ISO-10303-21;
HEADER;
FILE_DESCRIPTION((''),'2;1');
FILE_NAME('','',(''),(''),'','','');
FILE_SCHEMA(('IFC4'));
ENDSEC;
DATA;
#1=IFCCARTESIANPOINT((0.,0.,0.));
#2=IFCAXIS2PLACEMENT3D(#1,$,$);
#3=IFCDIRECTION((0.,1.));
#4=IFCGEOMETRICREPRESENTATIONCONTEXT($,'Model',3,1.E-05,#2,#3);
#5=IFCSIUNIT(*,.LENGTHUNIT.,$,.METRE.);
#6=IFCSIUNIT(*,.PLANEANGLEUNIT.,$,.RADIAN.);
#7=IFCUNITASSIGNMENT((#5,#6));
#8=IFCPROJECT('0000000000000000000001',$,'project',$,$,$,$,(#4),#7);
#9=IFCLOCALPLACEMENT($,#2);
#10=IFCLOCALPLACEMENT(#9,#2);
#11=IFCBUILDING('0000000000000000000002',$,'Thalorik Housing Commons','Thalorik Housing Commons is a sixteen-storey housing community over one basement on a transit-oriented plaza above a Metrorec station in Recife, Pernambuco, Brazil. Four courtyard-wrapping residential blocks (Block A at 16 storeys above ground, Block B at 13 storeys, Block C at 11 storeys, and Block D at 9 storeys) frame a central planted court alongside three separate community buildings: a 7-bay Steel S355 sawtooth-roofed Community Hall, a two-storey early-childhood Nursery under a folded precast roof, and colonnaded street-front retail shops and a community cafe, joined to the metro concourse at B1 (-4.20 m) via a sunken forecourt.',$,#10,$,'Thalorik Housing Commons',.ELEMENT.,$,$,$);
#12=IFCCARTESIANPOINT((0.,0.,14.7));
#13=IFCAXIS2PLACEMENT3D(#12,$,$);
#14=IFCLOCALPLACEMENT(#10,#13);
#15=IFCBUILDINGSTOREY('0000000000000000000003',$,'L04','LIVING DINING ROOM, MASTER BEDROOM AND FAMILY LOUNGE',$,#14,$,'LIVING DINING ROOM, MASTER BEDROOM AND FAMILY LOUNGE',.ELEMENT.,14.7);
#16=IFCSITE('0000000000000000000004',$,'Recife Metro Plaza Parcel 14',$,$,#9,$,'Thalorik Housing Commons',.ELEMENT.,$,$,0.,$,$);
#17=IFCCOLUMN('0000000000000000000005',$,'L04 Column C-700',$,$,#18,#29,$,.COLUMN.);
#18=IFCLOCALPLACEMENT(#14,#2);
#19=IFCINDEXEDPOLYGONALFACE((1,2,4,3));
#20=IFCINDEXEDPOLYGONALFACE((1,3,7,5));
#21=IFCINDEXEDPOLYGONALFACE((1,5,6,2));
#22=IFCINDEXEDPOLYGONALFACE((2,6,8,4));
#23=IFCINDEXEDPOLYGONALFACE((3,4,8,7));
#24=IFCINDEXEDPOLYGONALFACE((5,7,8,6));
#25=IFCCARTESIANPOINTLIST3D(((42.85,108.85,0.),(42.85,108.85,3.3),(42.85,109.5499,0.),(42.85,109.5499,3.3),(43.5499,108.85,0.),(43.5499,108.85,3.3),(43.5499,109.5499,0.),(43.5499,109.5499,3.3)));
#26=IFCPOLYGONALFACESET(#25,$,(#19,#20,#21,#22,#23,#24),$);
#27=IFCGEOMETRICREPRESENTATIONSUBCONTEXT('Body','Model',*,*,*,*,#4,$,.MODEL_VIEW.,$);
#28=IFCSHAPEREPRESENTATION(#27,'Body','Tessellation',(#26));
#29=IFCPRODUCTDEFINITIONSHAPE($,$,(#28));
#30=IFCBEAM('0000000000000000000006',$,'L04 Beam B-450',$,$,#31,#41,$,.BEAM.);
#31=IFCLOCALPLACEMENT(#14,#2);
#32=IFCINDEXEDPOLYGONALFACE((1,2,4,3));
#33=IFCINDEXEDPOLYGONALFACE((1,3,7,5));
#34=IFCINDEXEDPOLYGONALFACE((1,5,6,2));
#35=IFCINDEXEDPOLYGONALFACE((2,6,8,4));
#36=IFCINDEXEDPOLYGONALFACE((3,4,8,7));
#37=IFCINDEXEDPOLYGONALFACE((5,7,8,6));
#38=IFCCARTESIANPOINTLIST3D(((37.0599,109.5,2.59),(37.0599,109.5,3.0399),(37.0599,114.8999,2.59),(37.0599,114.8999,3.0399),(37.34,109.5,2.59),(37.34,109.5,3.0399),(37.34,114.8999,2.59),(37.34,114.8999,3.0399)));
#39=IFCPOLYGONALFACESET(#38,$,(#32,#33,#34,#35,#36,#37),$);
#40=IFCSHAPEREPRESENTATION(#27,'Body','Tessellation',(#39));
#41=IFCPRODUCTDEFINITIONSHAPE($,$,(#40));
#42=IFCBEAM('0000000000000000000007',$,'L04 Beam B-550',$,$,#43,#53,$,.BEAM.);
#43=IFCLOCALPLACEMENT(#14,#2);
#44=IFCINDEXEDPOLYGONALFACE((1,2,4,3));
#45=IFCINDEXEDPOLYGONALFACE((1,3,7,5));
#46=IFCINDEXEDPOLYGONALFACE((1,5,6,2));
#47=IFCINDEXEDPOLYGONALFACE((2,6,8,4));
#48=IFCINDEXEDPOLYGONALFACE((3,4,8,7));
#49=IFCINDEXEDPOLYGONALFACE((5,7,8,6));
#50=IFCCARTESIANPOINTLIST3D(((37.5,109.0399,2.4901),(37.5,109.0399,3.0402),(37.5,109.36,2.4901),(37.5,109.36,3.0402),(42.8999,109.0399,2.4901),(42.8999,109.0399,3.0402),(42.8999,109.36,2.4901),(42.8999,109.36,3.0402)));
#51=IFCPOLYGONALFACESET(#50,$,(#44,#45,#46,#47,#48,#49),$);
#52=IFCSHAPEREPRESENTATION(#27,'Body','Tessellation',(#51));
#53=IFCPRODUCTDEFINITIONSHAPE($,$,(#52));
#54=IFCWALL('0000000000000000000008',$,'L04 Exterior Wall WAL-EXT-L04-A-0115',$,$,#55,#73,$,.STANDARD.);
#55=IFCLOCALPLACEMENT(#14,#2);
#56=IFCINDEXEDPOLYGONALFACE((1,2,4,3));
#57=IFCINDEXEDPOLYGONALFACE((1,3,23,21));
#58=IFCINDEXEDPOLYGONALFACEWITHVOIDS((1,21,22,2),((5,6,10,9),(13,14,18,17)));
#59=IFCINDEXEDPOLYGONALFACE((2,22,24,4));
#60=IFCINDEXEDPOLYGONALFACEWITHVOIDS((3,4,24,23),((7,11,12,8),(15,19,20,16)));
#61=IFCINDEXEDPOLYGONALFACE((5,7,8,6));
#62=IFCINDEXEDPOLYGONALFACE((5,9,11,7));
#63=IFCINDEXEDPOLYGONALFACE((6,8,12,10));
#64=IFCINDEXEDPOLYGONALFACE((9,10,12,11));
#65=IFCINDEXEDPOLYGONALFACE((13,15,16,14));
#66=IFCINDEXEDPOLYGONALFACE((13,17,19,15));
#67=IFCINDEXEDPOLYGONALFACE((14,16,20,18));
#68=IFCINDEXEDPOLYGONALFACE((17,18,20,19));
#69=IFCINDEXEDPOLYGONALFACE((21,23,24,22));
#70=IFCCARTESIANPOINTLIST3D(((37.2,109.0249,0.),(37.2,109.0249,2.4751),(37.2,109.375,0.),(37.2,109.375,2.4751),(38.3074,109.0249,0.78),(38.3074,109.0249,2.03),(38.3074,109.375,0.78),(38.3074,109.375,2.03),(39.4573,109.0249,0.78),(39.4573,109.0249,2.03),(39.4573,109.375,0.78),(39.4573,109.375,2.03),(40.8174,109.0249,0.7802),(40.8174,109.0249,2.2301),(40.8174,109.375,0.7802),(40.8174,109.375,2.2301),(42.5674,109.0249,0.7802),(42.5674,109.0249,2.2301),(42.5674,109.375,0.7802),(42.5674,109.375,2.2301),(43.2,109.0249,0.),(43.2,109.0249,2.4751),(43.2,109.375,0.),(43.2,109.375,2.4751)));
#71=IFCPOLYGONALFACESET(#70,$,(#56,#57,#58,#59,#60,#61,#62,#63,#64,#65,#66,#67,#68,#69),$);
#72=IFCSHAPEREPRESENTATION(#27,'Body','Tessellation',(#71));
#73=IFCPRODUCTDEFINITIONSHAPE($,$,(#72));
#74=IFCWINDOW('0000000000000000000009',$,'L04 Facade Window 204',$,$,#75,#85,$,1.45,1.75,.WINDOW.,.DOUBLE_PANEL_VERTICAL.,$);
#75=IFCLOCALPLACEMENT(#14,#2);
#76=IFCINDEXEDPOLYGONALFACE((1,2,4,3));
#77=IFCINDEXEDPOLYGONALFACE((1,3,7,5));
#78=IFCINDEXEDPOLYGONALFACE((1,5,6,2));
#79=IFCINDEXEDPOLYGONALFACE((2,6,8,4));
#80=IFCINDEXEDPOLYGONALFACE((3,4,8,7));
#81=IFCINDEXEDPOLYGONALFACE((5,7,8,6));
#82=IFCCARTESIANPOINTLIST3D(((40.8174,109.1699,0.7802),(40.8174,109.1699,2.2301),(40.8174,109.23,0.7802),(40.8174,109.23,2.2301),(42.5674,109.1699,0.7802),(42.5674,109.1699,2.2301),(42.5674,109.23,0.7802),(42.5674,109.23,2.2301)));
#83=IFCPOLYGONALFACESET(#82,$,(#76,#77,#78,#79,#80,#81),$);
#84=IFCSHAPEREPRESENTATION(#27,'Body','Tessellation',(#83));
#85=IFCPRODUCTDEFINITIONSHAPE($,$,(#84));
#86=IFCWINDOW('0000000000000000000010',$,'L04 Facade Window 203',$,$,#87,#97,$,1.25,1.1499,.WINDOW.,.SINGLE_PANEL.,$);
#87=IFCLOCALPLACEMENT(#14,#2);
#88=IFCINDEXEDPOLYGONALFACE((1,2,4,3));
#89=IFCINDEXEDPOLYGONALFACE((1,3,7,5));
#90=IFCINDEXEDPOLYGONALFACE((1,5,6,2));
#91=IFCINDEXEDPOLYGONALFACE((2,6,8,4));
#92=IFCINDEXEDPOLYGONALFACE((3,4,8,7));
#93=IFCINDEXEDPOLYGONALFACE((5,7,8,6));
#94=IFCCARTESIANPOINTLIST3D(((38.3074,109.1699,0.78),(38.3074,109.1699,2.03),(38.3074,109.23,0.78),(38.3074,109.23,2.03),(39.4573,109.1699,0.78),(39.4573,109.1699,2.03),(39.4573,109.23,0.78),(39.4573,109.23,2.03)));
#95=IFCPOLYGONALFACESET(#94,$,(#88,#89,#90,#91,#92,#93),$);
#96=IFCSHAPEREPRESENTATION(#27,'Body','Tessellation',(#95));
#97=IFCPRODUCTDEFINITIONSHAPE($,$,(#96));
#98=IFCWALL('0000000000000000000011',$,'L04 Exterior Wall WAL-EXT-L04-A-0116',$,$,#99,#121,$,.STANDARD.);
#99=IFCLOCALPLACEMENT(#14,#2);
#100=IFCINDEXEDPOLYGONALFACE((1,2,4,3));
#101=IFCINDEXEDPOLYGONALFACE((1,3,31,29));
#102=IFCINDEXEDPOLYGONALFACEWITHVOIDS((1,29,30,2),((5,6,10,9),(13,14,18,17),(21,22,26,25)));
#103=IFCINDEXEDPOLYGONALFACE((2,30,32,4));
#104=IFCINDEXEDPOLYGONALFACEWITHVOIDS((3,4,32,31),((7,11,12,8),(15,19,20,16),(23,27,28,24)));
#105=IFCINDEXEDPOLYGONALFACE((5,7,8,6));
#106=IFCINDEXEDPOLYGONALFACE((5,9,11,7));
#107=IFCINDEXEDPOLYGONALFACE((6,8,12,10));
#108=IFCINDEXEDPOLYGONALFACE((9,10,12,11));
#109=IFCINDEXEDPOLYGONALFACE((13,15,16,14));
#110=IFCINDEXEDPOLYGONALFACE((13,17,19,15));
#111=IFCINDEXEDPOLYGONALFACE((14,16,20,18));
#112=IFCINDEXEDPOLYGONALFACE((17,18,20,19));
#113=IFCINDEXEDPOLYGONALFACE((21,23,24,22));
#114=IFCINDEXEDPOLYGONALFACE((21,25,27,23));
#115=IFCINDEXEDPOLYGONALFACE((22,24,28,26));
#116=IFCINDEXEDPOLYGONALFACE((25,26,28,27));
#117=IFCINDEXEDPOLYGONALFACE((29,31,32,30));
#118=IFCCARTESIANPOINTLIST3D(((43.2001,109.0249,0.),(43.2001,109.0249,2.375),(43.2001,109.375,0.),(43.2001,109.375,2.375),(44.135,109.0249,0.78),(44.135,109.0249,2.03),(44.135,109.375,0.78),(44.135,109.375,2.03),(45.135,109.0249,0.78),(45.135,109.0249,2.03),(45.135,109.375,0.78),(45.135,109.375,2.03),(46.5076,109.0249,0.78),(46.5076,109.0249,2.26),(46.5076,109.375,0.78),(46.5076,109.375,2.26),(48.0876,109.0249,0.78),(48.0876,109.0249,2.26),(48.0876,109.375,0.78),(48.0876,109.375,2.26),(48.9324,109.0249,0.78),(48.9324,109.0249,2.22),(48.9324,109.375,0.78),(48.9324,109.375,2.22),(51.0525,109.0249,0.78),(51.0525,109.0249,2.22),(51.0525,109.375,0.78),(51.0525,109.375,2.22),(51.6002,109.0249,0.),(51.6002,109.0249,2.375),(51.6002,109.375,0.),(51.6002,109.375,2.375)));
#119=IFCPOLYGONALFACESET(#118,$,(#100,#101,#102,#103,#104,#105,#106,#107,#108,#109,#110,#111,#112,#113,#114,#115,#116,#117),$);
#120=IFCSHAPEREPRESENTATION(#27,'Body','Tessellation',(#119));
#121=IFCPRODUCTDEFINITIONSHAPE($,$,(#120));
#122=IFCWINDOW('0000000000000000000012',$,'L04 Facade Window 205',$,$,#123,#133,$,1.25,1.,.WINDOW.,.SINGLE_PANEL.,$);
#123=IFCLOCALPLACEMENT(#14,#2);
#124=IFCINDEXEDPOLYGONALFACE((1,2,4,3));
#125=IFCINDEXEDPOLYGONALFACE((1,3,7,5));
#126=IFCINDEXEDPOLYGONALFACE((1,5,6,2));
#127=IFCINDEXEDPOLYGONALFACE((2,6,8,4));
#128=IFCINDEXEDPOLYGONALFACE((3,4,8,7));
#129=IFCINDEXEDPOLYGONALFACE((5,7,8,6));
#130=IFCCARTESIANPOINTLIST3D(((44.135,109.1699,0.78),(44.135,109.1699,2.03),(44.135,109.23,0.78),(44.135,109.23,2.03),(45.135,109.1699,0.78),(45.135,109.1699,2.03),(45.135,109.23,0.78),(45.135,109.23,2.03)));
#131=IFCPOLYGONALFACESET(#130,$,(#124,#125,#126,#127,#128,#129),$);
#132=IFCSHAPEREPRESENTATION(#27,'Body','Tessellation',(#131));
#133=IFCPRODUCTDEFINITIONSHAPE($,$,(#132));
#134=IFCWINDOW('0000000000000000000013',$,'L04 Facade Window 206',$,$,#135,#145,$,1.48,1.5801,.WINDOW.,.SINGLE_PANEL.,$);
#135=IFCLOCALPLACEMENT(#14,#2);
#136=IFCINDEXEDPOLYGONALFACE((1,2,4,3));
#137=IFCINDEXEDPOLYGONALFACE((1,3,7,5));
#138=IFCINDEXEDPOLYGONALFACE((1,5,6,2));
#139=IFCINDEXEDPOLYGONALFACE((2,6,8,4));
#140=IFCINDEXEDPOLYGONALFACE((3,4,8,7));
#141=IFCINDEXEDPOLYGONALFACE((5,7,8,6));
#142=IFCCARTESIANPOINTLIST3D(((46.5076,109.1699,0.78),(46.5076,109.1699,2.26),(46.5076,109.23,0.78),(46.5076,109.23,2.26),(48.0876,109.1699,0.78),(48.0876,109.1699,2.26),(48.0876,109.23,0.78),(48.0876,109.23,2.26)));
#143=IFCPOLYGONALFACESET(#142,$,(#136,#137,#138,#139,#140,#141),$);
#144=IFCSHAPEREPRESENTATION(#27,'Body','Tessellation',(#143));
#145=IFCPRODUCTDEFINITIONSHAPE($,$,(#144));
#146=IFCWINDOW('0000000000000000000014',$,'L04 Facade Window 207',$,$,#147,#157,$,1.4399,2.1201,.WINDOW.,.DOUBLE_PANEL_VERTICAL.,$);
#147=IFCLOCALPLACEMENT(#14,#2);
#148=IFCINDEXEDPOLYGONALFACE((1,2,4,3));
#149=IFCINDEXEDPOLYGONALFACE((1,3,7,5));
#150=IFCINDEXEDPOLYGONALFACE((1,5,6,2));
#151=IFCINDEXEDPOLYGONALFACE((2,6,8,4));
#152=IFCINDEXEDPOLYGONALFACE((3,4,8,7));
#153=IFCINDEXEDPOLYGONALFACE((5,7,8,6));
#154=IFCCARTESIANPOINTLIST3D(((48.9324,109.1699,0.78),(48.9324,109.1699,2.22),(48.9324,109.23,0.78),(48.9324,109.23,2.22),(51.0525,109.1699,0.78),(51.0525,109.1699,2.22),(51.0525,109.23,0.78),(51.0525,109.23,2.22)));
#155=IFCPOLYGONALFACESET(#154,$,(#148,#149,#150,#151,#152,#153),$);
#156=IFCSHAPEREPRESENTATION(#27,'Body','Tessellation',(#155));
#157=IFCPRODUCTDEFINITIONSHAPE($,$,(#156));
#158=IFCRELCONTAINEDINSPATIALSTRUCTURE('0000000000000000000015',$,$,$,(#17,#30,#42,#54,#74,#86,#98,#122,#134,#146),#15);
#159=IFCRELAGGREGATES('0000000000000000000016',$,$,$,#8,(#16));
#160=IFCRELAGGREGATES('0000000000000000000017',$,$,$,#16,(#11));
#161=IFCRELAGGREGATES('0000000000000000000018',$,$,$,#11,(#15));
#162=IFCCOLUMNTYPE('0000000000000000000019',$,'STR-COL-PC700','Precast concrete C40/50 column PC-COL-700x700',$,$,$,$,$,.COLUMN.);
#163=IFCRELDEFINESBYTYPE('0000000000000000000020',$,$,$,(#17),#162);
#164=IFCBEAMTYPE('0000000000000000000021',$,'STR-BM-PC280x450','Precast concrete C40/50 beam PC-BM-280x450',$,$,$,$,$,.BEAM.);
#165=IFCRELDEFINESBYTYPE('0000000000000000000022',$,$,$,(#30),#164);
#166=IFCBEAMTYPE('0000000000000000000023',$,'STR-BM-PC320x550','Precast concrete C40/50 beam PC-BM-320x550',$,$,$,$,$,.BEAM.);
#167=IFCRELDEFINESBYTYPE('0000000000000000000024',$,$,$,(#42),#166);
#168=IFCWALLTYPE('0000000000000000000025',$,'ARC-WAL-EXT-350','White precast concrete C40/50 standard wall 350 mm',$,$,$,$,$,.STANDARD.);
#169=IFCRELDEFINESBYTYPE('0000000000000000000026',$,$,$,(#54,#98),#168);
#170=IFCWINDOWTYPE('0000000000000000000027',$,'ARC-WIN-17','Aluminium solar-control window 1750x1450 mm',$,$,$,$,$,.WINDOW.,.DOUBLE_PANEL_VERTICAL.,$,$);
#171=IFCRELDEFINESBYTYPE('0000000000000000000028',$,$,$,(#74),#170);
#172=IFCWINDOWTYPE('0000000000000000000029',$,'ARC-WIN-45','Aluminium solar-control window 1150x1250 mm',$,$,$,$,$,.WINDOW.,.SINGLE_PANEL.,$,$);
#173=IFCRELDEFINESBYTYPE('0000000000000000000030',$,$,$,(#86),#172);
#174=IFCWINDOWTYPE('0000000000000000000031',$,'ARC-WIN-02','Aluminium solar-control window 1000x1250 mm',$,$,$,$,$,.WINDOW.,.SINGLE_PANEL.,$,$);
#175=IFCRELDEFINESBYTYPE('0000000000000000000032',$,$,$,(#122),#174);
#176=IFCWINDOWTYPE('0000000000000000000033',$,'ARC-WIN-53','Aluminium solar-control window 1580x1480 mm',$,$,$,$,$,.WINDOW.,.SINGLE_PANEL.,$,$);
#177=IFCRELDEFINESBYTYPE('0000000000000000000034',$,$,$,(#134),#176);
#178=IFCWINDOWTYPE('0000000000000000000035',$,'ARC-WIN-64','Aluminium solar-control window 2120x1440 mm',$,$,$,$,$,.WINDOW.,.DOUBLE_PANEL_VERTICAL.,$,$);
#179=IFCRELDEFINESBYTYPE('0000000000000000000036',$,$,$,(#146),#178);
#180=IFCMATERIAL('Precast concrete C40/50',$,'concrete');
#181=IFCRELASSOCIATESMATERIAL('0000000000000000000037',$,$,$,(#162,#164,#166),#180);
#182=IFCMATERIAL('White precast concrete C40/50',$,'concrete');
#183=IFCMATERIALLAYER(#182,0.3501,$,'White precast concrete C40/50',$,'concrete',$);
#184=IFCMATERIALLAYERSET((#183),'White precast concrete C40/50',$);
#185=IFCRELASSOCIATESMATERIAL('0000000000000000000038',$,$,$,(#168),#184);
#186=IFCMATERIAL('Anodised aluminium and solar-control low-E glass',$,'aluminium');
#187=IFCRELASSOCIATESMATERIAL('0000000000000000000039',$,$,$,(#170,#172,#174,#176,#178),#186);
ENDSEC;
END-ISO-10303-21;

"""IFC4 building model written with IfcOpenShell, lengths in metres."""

from ifc_helpers import new_model, si_unit, direction, frame, frame_2d, origin, origin_2d, place, context, subcontext, project, spatial, rectangle, extrude, material, layer, layer_set, material_profile, profile_set, type_object, element, fill, save


model = new_model("IFC4")

# Units and contexts
model_context = context("Model", 3, precision=1e-05, world=origin(), true_north=direction((0.0, 1.0)))
body_context = subcontext(model_context, "Body", "Model", "MODEL_VIEW")
ifc_project = project(units=[si_unit("LENGTHUNIT", "METRE"), si_unit("PLANEANGLEUNIT", "RADIAN")], contexts=[model_context])

# Site, building, storey
site_placement = place(None, origin())
site = spatial("IfcSite", under=ifc_project, at=site_placement, Name="Recife Metro Plaza Parcel 14", LongName="Thalorik Housing Commons", CompositionType="ELEMENT", RefElevation=0.0)
building_placement = place(site_placement, origin())
building = spatial("IfcBuilding", under=site, at=building_placement, Name="Thalorik Housing Commons", Description="Thalorik Housing Commons is a sixteen-storey housing community over one basement on a transit-oriented plaza above a Metrorec station in Recife, Pernambuco, Brazil. Four courtyard-wrapping residential blocks (Block A at 16 storeys above ground, Block B at 13 storeys, Block C at 11 storeys, and Block D at 9 storeys) frame a central planted court alongside three separate community buildings: a 7-bay Steel S355 sawtooth-roofed Community Hall, a two-storey early-childhood Nursery under a folded precast roof, and colonnaded street-front retail shops and a community cafe, joined to the metro concourse at B1 (-4.20 m) via a sunken forecourt.", LongName="Thalorik Housing Commons", CompositionType="ELEMENT")
storey_placement = place(building_placement, frame((0.0, 0.0, 14.7)))
storey = spatial("IfcBuildingStorey", under=building, at=storey_placement, Name="L04", Description="LIVING DINING ROOM, MASTER BEDROOM AND FAMILY LOUNGE", LongName="LIVING DINING ROOM, MASTER BEDROOM AND FAMILY LOUNGE", CompositionType="ELEMENT", Elevation=14.7)

# Column
ifc_material_1 = material(Name="Precast concrete C40/50", Category="concrete")
ifc_material_profile_1 = material_profile(ifc_material_1, rectangle(XDim=0.7, YDim=0.7, at=origin_2d()), Name="PC 700x700", Category="concrete")
ifc_profile_set_1 = profile_set([ifc_material_profile_1], Name="Precast concrete C40/50")
column_type = type_object("IfcColumnType", Name="STR-COL-PC700", Description="Precast concrete C40/50 column PC-COL-700x700", PredefinedType="COLUMN", material=ifc_profile_set_1)
column_placement = place(storey_placement, frame((43.2, 109.2, 0.0), z_axis=(0.0, 0.0, 1.0), x_axis=(1.0, 0.0, 0.0)))
element("IfcColumn", 1, at=column_placement, inside=storey, type_object=column_type, Name="L04 Column C-700", PredefinedType="COLUMN", context=body_context, shape_type="SweptSolid", body=[
    extrude(rectangle(XDim=0.7, YDim=0.7, at=origin_2d()), origin(), (0.0, 0.0, 1.0), 3.3),
])

# Beams
ifc_material_profile_2 = material_profile(ifc_material_1, rectangle(XDim=0.28, YDim=0.45, at=origin_2d()), Name="PC 280x450", Category="concrete")
ifc_profile_set_2 = profile_set([ifc_material_profile_2], Name="Precast concrete C40/50")
beam_type_1 = type_object("IfcBeamType", Name="STR-BM-PC280x450", Description="Precast concrete C40/50 beam PC-BM-280x450", PredefinedType="BEAM", material=ifc_profile_set_2)
beam_1_placement = place(storey_placement, frame((37.2, 109.5, 2.8149), z_axis=(0.0, 1.0, 0.0), x_axis=(-1.0, 0.0, 0.0)))
element("IfcBeam", 2, at=beam_1_placement, inside=storey, type_object=beam_type_1, Name="L04 Beam B-450", PredefinedType="BEAM", context=body_context, shape_type="SweptSolid", body=[
    extrude(rectangle(XDim=0.28, YDim=0.45, at=origin_2d()), origin(), (0.0, 0.0, 1.0), 5.3999),
])
ifc_material_profile_3 = material_profile(ifc_material_1, rectangle(XDim=0.3201, YDim=0.55, at=origin_2d()), Name="PC 320x550", Category="concrete")
ifc_profile_set_3 = profile_set([ifc_material_profile_3], Name="Precast concrete C40/50")
beam_type_2 = type_object("IfcBeamType", Name="STR-BM-PC320x550", Description="Precast concrete C40/50 beam PC-BM-320x550", PredefinedType="BEAM", material=ifc_profile_set_3)
beam_2_placement = place(storey_placement, frame((37.5, 109.2, 2.7651), z_axis=(1.0, 0.0, 0.0), x_axis=(0.0, 1.0, 0.0)))
element("IfcBeam", 3, at=beam_2_placement, inside=storey, type_object=beam_type_2, Name="L04 Beam B-550", PredefinedType="BEAM", context=body_context, shape_type="SweptSolid", body=[
    extrude(rectangle(XDim=0.3201, YDim=0.55, at=origin_2d()), origin(), (0.0, 0.0, 1.0), 5.3999),
])

# Walls, openings, windows
ifc_material_2 = material(Name="White precast concrete C40/50", Category="concrete")
ifc_layer_1 = layer(ifc_material_2, 0.3501, Name="White precast concrete C40/50", Category="concrete")
ifc_layer_set_1 = layer_set([ifc_layer_1], Name="White precast concrete C40/50")
wall_type_1 = type_object("IfcWallType", Name="ARC-WAL-EXT-350", Description="White precast concrete C40/50 standard wall 350 mm", PredefinedType="STANDARD", material=ifc_layer_set_1)
wall_1_placement = place(storey_placement, frame((37.2, 109.2, 0.0), z_axis=(0.0, 0.0, 1.0), x_axis=(1.0, 0.0, 0.0)))
wall_1 = element("IfcWall", 4, at=wall_1_placement, inside=storey, type_object=wall_type_1, Name="L04 Exterior Wall WAL-EXT-L04-A-0115", PredefinedType="STANDARD", context=body_context, shape_type="SweptSolid", body=[
    extrude(rectangle(XDim=6.0, YDim=0.3501, at=frame_2d((3.0, 0.0))), origin(), (0.0, 0.0, 1.0), 2.4751),
])
opening_1_placement = place(wall_1_placement, frame((1.1074, 0.0, 0.78)))
opening_1 = element("IfcOpeningElement", 5, at=opening_1_placement, cuts=wall_1, PredefinedType="OPENING", context=body_context, shape_type="SweptSolid", body=[
    extrude(rectangle(XDim=1.1499, YDim=1.25, at=frame_2d((0.575, 0.625))), frame((0.0, 0.1851, 0.0), z_axis=(0.0, -1.0, 0.0), x_axis=(1.0, 0.0, 0.0)), (0.0, 0.0, 1.0), 0.3701),
])
opening_2_placement = place(wall_1_placement, frame((3.6174, 0.0, 0.78)))
opening_2 = element("IfcOpeningElement", 6, at=opening_2_placement, cuts=wall_1, PredefinedType="OPENING", context=body_context, shape_type="SweptSolid", body=[
    extrude(rectangle(XDim=1.75, YDim=1.45, at=frame_2d((0.875, 0.7251))), frame((0.0, 0.1851, 0.0), z_axis=(0.0, -1.0, 0.0), x_axis=(1.0, 0.0, 0.0)), (0.0, 0.0, 1.0), 0.3701),
])
ifc_material_3 = material(Name="Anodised aluminium and solar-control low-E glass", Category="aluminium")
window_type_1 = type_object("IfcWindowType", Name="ARC-WIN-17", Description="Aluminium solar-control window 1750x1450 mm", PartitioningType="DOUBLE_PANEL_VERTICAL", PredefinedType="WINDOW", material=ifc_material_3)
window_1_placement = place(opening_2_placement, origin())
window_1 = element("IfcWindow", 7, at=window_1_placement, inside=storey, type_object=window_type_1, Name="L04 Facade Window 204", OverallHeight=1.45, OverallWidth=1.75, PartitioningType="DOUBLE_PANEL_VERTICAL", PredefinedType="WINDOW", context=body_context, shape_type="SweptSolid", body=[
    extrude(rectangle(XDim=1.75, YDim=1.45, at=frame_2d((0.875, 0.7251))), frame((0.0, 0.03, 0.0), z_axis=(0.0, -1.0, 0.0), x_axis=(1.0, 0.0, 0.0)), (0.0, 0.0, 1.0), 0.0601),
])
fill(opening_2, window_1)
window_type_2 = type_object("IfcWindowType", Name="ARC-WIN-45", Description="Aluminium solar-control window 1150x1250 mm", PartitioningType="SINGLE_PANEL", PredefinedType="WINDOW", material=ifc_material_3)
window_2_placement = place(opening_1_placement, origin())
window_2 = element("IfcWindow", 8, at=window_2_placement, inside=storey, type_object=window_type_2, Name="L04 Facade Window 203", OverallHeight=1.25, OverallWidth=1.1499, PartitioningType="SINGLE_PANEL", PredefinedType="WINDOW", context=body_context, shape_type="SweptSolid", body=[
    extrude(rectangle(XDim=1.1499, YDim=1.25, at=frame_2d((0.575, 0.625))), frame((0.0, 0.03, 0.0), z_axis=(0.0, -1.0, 0.0), x_axis=(1.0, 0.0, 0.0)), (0.0, 0.0, 1.0), 0.0601),
])
fill(opening_1, window_2)
wall_2_placement = place(storey_placement, frame((43.2, 109.2, 0.0), z_axis=(0.0, 0.0, 1.0), x_axis=(1.0, 0.0, 0.0)))
wall_2 = element("IfcWall", 9, at=wall_2_placement, inside=storey, type_object=wall_type_1, Name="L04 Exterior Wall WAL-EXT-L04-A-0116", PredefinedType="STANDARD", context=body_context, shape_type="SweptSolid", body=[
    extrude(rectangle(XDim=8.4001, YDim=0.3501, at=frame_2d((4.2002, 0.0))), origin(), (0.0, 0.0, 1.0), 2.375),
])
opening_3_placement = place(wall_2_placement, frame((0.9351, 0.0, 0.78)))
opening_3 = element("IfcOpeningElement", 10, at=opening_3_placement, cuts=wall_2, PredefinedType="OPENING", context=body_context, shape_type="SweptSolid", body=[
    extrude(rectangle(XDim=1.0, YDim=1.25, at=frame_2d((0.5, 0.625))), frame((0.0, 0.1851, 0.0), z_axis=(0.0, -1.0, 0.0), x_axis=(1.0, 0.0, 0.0)), (0.0, 0.0, 1.0), 0.3701),
])
opening_4_placement = place(wall_2_placement, frame((3.3076, 0.0, 0.78)))
opening_4 = element("IfcOpeningElement", 11, at=opening_4_placement, cuts=wall_2, PredefinedType="OPENING", context=body_context, shape_type="SweptSolid", body=[
    extrude(rectangle(XDim=1.5801, YDim=1.48, at=frame_2d((0.79, 0.74))), frame((0.0, 0.1851, 0.0), z_axis=(0.0, -1.0, 0.0), x_axis=(1.0, 0.0, 0.0)), (0.0, 0.0, 1.0), 0.3701),
])
opening_5_placement = place(wall_2_placement, frame((5.7324, 0.0, 0.78)))
opening_5 = element("IfcOpeningElement", 12, at=opening_5_placement, cuts=wall_2, PredefinedType="OPENING", context=body_context, shape_type="SweptSolid", body=[
    extrude(rectangle(XDim=2.1201, YDim=1.4399, at=frame_2d((1.0601, 0.72))), frame((0.0, 0.1851, 0.0), z_axis=(0.0, -1.0, 0.0), x_axis=(1.0, 0.0, 0.0)), (0.0, 0.0, 1.0), 0.3701),
])
window_type_3 = type_object("IfcWindowType", Name="ARC-WIN-02", Description="Aluminium solar-control window 1000x1250 mm", PartitioningType="SINGLE_PANEL", PredefinedType="WINDOW", material=ifc_material_3)
window_3_placement = place(opening_3_placement, origin())
window_3 = element("IfcWindow", 13, at=window_3_placement, inside=storey, type_object=window_type_3, Name="L04 Facade Window 205", OverallHeight=1.25, OverallWidth=1.0, PartitioningType="SINGLE_PANEL", PredefinedType="WINDOW", context=body_context, shape_type="SweptSolid", body=[
    extrude(rectangle(XDim=1.0, YDim=1.25, at=frame_2d((0.5, 0.625))), frame((0.0, 0.03, 0.0), z_axis=(0.0, -1.0, 0.0), x_axis=(1.0, 0.0, 0.0)), (0.0, 0.0, 1.0), 0.0601),
])
fill(opening_3, window_3)
window_type_4 = type_object("IfcWindowType", Name="ARC-WIN-53", Description="Aluminium solar-control window 1580x1480 mm", PartitioningType="SINGLE_PANEL", PredefinedType="WINDOW", material=ifc_material_3)
window_4_placement = place(opening_4_placement, origin())
window_4 = element("IfcWindow", 14, at=window_4_placement, inside=storey, type_object=window_type_4, Name="L04 Facade Window 206", OverallHeight=1.48, OverallWidth=1.5801, PartitioningType="SINGLE_PANEL", PredefinedType="WINDOW", context=body_context, shape_type="SweptSolid", body=[
    extrude(rectangle(XDim=1.5801, YDim=1.48, at=frame_2d((0.79, 0.74))), frame((0.0, 0.03, 0.0), z_axis=(0.0, -1.0, 0.0), x_axis=(1.0, 0.0, 0.0)), (0.0, 0.0, 1.0), 0.0601),
])
fill(opening_4, window_4)
window_type_5 = type_object("IfcWindowType", Name="ARC-WIN-64", Description="Aluminium solar-control window 2120x1440 mm", PartitioningType="DOUBLE_PANEL_VERTICAL", PredefinedType="WINDOW", material=ifc_material_3)
window_5_placement = place(opening_5_placement, origin())
window_5 = element("IfcWindow", 15, at=window_5_placement, inside=storey, type_object=window_type_5, Name="L04 Facade Window 207", OverallHeight=1.4399, OverallWidth=2.1201, PartitioningType="DOUBLE_PANEL_VERTICAL", PredefinedType="WINDOW", context=body_context, shape_type="SweptSolid", body=[
    extrude(rectangle(XDim=2.1201, YDim=1.4399, at=frame_2d((1.0601, 0.72))), frame((0.0, 0.03, 0.0), z_axis=(0.0, -1.0, 0.0), x_axis=(1.0, 0.0, 0.0)), (0.0, 0.0, 1.0), 0.0601),
])
fill(opening_5, window_5)

save(model, "model.ifc")
